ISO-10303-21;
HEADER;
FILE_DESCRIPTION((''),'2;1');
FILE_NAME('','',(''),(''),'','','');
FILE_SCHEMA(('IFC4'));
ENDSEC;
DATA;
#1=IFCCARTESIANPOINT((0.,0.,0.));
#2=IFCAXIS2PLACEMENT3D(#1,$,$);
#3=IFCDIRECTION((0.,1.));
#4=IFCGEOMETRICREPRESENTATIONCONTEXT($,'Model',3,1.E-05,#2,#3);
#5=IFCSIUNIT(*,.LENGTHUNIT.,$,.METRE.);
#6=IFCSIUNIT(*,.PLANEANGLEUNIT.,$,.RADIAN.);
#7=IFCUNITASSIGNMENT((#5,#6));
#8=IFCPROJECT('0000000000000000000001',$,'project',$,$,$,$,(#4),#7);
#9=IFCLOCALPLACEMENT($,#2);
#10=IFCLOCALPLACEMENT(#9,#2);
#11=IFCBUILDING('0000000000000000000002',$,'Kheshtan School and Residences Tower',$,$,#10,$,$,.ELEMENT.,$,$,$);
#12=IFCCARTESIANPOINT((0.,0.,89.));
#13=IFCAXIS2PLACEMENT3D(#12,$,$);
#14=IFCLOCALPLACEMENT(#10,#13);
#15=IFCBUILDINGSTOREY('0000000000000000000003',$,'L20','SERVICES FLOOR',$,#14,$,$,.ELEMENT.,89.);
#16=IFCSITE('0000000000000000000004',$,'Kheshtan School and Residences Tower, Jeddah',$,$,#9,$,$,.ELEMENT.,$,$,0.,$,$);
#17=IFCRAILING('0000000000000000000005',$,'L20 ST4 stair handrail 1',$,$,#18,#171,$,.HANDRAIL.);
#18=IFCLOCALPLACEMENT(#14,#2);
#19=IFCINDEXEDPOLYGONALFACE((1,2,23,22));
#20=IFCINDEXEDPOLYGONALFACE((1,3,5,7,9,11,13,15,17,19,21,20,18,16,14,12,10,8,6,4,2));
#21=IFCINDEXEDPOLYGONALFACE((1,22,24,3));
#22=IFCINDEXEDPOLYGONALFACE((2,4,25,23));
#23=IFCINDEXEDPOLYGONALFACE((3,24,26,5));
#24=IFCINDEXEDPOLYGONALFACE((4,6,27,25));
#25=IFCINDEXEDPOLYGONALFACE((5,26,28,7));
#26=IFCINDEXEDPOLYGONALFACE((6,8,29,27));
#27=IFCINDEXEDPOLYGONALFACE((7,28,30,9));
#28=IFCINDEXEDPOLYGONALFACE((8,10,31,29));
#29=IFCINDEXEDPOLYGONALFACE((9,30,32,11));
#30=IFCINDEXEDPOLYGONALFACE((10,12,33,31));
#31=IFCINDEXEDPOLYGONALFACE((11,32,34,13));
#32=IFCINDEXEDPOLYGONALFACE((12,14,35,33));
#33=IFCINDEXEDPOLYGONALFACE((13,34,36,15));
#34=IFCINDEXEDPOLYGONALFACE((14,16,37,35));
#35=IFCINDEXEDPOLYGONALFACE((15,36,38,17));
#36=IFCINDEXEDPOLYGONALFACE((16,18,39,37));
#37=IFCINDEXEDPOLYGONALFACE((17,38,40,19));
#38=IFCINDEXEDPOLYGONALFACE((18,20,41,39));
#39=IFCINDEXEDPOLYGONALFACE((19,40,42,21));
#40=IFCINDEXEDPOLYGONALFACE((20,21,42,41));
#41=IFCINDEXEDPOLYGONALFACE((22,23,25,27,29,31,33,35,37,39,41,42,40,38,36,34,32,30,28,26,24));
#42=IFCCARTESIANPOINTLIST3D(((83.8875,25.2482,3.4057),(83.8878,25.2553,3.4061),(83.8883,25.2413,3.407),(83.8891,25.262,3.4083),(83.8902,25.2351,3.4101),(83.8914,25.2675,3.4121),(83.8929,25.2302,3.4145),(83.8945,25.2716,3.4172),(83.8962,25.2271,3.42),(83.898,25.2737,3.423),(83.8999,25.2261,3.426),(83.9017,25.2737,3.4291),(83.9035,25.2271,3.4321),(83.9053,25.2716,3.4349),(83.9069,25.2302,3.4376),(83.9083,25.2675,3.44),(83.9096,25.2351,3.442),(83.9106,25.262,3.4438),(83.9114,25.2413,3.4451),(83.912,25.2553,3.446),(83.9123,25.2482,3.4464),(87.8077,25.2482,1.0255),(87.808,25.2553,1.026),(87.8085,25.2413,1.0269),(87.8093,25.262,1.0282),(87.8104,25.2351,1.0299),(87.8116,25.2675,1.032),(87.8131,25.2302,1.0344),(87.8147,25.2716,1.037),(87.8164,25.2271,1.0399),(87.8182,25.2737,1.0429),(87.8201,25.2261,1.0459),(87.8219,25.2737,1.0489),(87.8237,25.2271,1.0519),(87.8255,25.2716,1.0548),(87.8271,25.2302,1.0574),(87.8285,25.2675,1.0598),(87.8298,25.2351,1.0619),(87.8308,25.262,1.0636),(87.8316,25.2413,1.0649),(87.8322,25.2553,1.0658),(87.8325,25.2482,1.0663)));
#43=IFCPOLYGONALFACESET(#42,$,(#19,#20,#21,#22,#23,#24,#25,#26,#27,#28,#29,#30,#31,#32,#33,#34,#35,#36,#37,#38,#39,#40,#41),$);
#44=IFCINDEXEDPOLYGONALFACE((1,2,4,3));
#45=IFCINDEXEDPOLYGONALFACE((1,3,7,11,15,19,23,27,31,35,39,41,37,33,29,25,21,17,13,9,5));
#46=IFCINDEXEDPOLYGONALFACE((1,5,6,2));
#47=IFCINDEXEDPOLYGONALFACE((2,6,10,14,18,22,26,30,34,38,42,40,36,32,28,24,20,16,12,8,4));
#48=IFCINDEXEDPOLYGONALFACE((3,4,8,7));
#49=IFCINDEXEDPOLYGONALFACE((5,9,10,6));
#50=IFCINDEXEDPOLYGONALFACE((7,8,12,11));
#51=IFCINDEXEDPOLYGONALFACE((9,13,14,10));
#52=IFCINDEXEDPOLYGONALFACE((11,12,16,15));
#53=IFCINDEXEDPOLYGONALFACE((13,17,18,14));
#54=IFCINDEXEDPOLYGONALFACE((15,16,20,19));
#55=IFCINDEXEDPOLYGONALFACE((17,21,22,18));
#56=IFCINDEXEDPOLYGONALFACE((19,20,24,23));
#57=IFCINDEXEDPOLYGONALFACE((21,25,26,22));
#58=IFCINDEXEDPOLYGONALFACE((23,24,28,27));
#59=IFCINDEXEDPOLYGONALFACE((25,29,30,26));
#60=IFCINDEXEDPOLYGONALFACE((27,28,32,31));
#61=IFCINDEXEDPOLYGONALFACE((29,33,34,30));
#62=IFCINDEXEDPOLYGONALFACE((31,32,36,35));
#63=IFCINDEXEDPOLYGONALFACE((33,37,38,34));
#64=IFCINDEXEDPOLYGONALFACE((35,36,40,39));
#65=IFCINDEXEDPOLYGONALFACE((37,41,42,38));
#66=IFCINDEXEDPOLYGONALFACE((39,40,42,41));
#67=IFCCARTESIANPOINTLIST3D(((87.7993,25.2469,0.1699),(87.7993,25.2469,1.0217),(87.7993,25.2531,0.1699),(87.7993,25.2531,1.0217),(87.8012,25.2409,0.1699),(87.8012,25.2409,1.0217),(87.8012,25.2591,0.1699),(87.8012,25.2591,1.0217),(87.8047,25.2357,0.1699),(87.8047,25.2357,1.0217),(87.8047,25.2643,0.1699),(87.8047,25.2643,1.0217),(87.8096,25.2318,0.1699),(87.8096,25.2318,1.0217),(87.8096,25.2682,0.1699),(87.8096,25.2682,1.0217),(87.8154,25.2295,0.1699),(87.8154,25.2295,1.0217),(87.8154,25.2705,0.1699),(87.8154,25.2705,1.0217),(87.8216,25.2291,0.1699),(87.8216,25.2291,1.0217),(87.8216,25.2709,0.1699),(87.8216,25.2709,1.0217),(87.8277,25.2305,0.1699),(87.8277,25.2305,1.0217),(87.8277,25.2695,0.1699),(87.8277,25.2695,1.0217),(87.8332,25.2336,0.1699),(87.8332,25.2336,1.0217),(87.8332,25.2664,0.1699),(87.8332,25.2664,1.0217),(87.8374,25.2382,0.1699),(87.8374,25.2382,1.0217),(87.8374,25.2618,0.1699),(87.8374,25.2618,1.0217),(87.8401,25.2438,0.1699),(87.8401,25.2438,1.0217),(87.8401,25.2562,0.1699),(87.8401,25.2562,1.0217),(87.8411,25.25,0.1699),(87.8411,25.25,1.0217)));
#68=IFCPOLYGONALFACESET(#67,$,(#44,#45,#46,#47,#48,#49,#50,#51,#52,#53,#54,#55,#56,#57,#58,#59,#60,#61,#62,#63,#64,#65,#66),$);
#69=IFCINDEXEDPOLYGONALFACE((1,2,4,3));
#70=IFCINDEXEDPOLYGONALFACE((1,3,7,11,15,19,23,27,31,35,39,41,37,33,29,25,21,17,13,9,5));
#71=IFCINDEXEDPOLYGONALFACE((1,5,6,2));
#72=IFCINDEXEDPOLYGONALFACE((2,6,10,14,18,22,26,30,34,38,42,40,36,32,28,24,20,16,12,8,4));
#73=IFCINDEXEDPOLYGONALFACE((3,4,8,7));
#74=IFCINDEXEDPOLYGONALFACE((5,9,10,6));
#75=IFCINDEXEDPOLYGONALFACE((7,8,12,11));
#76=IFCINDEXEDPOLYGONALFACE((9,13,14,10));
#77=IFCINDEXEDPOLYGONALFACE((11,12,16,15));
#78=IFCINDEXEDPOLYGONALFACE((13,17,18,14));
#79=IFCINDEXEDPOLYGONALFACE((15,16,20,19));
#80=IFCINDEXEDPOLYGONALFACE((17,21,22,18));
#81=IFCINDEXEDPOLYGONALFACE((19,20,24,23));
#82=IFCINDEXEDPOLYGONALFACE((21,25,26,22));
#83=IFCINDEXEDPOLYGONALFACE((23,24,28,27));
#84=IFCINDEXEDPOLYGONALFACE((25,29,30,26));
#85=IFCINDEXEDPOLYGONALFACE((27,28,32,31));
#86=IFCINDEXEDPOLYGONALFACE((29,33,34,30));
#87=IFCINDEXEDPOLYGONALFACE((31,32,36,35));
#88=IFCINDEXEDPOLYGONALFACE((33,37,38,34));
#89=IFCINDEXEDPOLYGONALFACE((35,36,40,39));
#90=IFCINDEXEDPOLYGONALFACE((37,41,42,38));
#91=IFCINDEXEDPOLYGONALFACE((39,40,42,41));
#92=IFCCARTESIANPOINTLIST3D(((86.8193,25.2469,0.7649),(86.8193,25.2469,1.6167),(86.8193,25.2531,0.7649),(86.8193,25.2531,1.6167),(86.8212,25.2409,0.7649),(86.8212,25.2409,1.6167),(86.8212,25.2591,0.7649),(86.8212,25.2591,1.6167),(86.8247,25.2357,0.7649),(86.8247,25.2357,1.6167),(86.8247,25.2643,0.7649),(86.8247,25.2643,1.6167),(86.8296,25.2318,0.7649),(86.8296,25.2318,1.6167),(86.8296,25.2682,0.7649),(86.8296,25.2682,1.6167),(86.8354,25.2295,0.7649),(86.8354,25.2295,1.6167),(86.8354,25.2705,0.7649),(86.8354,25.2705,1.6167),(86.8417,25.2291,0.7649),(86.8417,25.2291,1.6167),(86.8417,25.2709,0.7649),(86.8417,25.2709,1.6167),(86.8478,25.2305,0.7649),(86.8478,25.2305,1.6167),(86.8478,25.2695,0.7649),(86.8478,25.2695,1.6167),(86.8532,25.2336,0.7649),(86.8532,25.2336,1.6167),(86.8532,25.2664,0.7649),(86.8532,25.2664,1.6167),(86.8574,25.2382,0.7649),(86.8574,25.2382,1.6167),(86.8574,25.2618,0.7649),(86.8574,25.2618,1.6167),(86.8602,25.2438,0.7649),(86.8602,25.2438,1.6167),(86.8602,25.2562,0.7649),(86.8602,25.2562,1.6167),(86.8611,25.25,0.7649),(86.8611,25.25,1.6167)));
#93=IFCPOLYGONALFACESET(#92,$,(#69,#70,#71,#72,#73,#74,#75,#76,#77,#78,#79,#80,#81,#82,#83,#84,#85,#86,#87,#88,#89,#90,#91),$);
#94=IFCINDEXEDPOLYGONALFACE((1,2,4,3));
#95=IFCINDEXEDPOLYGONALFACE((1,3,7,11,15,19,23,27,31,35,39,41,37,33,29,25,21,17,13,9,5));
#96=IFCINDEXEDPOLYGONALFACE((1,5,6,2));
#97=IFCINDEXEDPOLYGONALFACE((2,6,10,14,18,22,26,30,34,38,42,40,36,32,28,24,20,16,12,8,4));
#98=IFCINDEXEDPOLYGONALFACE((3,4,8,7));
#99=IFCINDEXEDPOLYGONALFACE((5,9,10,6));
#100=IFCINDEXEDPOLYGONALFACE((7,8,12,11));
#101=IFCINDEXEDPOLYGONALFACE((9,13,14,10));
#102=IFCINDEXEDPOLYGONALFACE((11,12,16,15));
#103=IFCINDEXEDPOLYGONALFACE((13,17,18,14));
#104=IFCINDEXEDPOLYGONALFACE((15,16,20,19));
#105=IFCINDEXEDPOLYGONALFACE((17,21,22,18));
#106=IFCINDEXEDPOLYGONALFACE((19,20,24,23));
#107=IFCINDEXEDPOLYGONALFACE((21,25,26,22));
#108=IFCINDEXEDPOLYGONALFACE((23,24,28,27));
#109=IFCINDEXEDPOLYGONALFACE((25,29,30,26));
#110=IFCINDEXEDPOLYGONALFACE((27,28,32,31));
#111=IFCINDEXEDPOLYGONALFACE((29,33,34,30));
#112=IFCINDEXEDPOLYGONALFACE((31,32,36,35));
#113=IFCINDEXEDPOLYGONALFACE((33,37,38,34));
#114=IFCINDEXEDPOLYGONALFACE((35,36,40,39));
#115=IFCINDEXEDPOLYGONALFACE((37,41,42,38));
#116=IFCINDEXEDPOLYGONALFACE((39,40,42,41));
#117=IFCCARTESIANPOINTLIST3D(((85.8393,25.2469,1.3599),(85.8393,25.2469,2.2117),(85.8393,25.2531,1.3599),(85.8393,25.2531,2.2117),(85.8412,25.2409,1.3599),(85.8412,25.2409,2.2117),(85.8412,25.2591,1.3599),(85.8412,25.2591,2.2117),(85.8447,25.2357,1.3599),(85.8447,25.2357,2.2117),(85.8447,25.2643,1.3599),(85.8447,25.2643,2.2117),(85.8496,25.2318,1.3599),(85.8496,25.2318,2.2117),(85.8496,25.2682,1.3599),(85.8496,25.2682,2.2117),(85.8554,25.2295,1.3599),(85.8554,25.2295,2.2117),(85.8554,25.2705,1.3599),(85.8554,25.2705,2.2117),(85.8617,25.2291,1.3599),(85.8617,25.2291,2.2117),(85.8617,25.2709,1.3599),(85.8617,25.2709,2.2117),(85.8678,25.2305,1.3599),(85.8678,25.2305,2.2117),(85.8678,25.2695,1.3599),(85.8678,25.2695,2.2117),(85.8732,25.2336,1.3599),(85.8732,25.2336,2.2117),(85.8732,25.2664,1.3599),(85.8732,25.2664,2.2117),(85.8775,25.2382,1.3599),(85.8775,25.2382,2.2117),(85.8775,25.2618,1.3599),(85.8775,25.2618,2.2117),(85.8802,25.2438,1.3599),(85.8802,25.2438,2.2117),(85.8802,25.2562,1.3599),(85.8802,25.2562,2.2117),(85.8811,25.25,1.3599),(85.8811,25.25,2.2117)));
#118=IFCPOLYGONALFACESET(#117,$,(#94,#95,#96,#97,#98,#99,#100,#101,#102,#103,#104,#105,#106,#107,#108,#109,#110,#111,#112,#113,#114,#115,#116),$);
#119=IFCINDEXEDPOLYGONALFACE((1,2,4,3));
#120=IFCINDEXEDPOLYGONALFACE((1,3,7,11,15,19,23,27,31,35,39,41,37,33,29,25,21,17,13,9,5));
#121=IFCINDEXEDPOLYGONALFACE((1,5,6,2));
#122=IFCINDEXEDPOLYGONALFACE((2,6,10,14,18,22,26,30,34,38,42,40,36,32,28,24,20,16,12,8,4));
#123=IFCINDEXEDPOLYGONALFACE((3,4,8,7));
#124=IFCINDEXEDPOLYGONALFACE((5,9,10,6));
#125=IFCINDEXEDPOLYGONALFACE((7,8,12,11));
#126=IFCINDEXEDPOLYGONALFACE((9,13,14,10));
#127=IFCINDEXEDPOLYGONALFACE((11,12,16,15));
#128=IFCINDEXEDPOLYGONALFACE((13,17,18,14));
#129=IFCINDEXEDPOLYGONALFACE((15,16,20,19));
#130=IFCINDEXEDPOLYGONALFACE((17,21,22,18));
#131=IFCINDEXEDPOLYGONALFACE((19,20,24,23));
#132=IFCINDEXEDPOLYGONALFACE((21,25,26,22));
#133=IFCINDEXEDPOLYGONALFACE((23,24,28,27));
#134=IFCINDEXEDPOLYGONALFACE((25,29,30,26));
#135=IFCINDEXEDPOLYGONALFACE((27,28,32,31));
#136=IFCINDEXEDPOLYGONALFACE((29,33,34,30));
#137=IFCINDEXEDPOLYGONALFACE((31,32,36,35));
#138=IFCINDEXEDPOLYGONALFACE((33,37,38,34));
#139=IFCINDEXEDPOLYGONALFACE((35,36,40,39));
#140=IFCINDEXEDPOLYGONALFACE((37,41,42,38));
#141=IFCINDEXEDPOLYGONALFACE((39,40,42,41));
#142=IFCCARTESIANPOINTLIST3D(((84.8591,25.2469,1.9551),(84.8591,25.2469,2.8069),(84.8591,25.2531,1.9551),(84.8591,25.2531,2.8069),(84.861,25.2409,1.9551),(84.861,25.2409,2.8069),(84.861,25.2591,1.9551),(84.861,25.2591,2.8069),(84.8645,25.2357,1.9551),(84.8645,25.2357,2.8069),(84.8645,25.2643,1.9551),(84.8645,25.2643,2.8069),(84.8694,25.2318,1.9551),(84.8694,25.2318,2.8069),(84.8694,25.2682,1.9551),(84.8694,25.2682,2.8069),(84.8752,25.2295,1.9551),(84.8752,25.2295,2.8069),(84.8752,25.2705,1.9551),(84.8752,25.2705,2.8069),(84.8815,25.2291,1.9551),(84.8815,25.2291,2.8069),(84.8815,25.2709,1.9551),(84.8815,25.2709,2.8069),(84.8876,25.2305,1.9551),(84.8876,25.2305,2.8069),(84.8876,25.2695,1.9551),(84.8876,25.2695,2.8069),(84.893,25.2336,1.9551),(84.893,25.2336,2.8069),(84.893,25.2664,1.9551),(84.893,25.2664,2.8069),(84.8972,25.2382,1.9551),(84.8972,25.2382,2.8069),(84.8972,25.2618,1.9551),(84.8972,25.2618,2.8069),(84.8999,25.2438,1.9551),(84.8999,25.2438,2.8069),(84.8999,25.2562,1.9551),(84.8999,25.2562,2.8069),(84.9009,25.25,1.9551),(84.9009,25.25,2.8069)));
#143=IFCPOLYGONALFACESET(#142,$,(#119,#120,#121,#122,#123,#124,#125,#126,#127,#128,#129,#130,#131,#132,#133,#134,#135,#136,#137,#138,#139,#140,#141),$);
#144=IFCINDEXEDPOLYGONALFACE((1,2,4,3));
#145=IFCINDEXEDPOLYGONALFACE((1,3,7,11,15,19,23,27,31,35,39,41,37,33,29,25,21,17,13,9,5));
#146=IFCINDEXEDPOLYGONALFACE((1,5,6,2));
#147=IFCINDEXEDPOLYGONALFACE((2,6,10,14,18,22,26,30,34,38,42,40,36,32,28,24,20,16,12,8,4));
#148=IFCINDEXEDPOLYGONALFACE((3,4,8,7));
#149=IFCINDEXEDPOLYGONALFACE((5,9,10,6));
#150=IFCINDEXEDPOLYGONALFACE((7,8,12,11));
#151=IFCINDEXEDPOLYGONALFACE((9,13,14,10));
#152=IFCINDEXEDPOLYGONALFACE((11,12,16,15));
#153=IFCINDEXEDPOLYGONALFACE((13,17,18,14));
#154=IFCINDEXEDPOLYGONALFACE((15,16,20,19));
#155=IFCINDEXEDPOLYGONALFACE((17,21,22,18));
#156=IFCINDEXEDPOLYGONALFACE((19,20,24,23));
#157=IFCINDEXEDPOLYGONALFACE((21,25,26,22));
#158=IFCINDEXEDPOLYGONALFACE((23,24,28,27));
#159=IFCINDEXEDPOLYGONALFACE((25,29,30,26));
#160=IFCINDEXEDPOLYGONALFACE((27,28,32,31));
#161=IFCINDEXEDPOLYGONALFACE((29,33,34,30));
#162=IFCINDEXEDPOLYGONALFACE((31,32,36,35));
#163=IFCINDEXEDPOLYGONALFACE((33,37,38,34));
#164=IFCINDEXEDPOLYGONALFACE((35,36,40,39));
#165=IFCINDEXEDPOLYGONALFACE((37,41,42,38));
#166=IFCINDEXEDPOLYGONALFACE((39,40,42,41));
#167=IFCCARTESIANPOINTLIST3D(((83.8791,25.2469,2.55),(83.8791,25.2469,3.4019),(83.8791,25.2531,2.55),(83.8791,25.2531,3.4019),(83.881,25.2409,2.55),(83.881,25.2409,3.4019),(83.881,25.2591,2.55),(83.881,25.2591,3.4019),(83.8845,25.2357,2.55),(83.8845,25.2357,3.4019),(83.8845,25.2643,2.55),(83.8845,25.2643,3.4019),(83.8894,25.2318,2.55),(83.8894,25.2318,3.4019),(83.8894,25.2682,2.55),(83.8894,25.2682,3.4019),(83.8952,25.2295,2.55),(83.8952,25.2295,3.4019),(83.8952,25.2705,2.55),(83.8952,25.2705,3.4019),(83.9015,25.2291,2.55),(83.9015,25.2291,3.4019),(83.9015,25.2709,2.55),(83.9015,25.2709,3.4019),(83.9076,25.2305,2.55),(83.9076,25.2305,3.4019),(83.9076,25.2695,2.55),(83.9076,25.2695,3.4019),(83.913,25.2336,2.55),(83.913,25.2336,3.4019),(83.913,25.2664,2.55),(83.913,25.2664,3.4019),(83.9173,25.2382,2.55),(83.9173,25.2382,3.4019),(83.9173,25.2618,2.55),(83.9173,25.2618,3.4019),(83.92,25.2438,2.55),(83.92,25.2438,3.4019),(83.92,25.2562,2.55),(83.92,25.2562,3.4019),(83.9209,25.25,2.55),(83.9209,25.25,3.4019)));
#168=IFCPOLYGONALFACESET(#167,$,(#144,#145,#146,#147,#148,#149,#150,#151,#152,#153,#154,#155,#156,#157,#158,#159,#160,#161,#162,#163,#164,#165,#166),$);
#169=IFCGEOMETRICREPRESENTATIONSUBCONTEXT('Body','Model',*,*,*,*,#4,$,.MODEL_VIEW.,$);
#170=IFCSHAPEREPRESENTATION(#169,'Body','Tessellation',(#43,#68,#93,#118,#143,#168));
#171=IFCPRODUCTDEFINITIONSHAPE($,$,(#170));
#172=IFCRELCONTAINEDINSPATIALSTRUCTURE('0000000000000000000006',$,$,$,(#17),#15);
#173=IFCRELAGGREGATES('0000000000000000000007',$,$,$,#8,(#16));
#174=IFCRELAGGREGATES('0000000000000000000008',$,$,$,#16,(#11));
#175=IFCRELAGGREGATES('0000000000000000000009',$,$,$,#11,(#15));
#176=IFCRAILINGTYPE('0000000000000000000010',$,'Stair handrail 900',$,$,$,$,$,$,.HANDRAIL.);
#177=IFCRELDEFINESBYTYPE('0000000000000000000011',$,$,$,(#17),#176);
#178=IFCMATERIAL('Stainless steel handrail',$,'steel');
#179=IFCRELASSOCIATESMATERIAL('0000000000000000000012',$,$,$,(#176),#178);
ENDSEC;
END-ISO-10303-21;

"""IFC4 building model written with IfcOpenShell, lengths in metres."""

from ifc_helpers import new_model, si_unit, direction, frame, origin, origin_2d, place, context, subcontext, project, spatial, circle, extrude, material, type_object, element, save


model = new_model("IFC4")

# Units and contexts
model_context = context("Model", 3, precision=1e-05, world=origin(), true_north=direction((0.0, 1.0)))
body_context = subcontext(model_context, "Body", "Model", "MODEL_VIEW")
ifc_project = project(units=[si_unit("LENGTHUNIT", "METRE"), si_unit("PLANEANGLEUNIT", "RADIAN")], contexts=[model_context])

# Site, building, storey
site_placement = place(None, origin())
site = spatial("IfcSite", under=ifc_project, at=site_placement, Name="Kheshtan School and Residences Tower, Jeddah", CompositionType="ELEMENT", RefElevation=0.0)
building_placement = place(site_placement, origin())
building = spatial("IfcBuilding", under=site, at=building_placement, Name="Kheshtan School and Residences Tower", CompositionType="ELEMENT")
storey_placement = place(building_placement, frame((0.0, 0.0, 89.0)))
storey = spatial("IfcBuildingStorey", under=building, at=storey_placement, Name="L20", Description="SERVICES FLOOR", CompositionType="ELEMENT", Elevation=89.0)

# Railing
ifc_material_1 = material(Name="Stainless steel handrail", Category="steel")
railing_type_1 = type_object("IfcRailingType", Name="Stair handrail 900", PredefinedType="HANDRAIL", material=ifc_material_1)
railing_1_placement = place(storey_placement, frame((87.8201, 25.25, 0.1699)))
element("IfcRailing", 1, at=railing_1_placement, inside=storey, type_object=railing_type_1, Name="L20 ST4 stair handrail 1", PredefinedType="HANDRAIL", context=body_context, shape_type="SweptSolid", body=[
    extrude(circle(Radius=0.0239, at=origin_2d()), frame((0.0, 0.0, 0.876), z_axis=(-0.854785, 0.0, 0.518982), x_axis=(0.0, -1.0, 0.0)), (0.0, 0.0, 1.0), 4.5862),
    extrude(circle(Radius=0.021, at=origin_2d()), origin(), (0.0, 0.0, 1.0), 0.8518),
    extrude(circle(Radius=0.021, at=origin_2d()), frame((-0.98, 0.0, 0.595)), (0.0, 0.0, 1.0), 0.8518),
    extrude(circle(Radius=0.021, at=origin_2d()), frame((-1.96, 0.0, 1.1899)), (0.0, 0.0, 1.0), 0.8518),
    extrude(circle(Radius=0.021, at=origin_2d()), frame((-2.9402, 0.0, 1.7852)), (0.0, 0.0, 1.0), 0.8518),
    extrude(circle(Radius=0.021, at=origin_2d()), frame((-3.9202, 0.0, 2.3801)), (0.0, 0.0, 1.0), 0.8518),
])

save(model, "model.ifc")
